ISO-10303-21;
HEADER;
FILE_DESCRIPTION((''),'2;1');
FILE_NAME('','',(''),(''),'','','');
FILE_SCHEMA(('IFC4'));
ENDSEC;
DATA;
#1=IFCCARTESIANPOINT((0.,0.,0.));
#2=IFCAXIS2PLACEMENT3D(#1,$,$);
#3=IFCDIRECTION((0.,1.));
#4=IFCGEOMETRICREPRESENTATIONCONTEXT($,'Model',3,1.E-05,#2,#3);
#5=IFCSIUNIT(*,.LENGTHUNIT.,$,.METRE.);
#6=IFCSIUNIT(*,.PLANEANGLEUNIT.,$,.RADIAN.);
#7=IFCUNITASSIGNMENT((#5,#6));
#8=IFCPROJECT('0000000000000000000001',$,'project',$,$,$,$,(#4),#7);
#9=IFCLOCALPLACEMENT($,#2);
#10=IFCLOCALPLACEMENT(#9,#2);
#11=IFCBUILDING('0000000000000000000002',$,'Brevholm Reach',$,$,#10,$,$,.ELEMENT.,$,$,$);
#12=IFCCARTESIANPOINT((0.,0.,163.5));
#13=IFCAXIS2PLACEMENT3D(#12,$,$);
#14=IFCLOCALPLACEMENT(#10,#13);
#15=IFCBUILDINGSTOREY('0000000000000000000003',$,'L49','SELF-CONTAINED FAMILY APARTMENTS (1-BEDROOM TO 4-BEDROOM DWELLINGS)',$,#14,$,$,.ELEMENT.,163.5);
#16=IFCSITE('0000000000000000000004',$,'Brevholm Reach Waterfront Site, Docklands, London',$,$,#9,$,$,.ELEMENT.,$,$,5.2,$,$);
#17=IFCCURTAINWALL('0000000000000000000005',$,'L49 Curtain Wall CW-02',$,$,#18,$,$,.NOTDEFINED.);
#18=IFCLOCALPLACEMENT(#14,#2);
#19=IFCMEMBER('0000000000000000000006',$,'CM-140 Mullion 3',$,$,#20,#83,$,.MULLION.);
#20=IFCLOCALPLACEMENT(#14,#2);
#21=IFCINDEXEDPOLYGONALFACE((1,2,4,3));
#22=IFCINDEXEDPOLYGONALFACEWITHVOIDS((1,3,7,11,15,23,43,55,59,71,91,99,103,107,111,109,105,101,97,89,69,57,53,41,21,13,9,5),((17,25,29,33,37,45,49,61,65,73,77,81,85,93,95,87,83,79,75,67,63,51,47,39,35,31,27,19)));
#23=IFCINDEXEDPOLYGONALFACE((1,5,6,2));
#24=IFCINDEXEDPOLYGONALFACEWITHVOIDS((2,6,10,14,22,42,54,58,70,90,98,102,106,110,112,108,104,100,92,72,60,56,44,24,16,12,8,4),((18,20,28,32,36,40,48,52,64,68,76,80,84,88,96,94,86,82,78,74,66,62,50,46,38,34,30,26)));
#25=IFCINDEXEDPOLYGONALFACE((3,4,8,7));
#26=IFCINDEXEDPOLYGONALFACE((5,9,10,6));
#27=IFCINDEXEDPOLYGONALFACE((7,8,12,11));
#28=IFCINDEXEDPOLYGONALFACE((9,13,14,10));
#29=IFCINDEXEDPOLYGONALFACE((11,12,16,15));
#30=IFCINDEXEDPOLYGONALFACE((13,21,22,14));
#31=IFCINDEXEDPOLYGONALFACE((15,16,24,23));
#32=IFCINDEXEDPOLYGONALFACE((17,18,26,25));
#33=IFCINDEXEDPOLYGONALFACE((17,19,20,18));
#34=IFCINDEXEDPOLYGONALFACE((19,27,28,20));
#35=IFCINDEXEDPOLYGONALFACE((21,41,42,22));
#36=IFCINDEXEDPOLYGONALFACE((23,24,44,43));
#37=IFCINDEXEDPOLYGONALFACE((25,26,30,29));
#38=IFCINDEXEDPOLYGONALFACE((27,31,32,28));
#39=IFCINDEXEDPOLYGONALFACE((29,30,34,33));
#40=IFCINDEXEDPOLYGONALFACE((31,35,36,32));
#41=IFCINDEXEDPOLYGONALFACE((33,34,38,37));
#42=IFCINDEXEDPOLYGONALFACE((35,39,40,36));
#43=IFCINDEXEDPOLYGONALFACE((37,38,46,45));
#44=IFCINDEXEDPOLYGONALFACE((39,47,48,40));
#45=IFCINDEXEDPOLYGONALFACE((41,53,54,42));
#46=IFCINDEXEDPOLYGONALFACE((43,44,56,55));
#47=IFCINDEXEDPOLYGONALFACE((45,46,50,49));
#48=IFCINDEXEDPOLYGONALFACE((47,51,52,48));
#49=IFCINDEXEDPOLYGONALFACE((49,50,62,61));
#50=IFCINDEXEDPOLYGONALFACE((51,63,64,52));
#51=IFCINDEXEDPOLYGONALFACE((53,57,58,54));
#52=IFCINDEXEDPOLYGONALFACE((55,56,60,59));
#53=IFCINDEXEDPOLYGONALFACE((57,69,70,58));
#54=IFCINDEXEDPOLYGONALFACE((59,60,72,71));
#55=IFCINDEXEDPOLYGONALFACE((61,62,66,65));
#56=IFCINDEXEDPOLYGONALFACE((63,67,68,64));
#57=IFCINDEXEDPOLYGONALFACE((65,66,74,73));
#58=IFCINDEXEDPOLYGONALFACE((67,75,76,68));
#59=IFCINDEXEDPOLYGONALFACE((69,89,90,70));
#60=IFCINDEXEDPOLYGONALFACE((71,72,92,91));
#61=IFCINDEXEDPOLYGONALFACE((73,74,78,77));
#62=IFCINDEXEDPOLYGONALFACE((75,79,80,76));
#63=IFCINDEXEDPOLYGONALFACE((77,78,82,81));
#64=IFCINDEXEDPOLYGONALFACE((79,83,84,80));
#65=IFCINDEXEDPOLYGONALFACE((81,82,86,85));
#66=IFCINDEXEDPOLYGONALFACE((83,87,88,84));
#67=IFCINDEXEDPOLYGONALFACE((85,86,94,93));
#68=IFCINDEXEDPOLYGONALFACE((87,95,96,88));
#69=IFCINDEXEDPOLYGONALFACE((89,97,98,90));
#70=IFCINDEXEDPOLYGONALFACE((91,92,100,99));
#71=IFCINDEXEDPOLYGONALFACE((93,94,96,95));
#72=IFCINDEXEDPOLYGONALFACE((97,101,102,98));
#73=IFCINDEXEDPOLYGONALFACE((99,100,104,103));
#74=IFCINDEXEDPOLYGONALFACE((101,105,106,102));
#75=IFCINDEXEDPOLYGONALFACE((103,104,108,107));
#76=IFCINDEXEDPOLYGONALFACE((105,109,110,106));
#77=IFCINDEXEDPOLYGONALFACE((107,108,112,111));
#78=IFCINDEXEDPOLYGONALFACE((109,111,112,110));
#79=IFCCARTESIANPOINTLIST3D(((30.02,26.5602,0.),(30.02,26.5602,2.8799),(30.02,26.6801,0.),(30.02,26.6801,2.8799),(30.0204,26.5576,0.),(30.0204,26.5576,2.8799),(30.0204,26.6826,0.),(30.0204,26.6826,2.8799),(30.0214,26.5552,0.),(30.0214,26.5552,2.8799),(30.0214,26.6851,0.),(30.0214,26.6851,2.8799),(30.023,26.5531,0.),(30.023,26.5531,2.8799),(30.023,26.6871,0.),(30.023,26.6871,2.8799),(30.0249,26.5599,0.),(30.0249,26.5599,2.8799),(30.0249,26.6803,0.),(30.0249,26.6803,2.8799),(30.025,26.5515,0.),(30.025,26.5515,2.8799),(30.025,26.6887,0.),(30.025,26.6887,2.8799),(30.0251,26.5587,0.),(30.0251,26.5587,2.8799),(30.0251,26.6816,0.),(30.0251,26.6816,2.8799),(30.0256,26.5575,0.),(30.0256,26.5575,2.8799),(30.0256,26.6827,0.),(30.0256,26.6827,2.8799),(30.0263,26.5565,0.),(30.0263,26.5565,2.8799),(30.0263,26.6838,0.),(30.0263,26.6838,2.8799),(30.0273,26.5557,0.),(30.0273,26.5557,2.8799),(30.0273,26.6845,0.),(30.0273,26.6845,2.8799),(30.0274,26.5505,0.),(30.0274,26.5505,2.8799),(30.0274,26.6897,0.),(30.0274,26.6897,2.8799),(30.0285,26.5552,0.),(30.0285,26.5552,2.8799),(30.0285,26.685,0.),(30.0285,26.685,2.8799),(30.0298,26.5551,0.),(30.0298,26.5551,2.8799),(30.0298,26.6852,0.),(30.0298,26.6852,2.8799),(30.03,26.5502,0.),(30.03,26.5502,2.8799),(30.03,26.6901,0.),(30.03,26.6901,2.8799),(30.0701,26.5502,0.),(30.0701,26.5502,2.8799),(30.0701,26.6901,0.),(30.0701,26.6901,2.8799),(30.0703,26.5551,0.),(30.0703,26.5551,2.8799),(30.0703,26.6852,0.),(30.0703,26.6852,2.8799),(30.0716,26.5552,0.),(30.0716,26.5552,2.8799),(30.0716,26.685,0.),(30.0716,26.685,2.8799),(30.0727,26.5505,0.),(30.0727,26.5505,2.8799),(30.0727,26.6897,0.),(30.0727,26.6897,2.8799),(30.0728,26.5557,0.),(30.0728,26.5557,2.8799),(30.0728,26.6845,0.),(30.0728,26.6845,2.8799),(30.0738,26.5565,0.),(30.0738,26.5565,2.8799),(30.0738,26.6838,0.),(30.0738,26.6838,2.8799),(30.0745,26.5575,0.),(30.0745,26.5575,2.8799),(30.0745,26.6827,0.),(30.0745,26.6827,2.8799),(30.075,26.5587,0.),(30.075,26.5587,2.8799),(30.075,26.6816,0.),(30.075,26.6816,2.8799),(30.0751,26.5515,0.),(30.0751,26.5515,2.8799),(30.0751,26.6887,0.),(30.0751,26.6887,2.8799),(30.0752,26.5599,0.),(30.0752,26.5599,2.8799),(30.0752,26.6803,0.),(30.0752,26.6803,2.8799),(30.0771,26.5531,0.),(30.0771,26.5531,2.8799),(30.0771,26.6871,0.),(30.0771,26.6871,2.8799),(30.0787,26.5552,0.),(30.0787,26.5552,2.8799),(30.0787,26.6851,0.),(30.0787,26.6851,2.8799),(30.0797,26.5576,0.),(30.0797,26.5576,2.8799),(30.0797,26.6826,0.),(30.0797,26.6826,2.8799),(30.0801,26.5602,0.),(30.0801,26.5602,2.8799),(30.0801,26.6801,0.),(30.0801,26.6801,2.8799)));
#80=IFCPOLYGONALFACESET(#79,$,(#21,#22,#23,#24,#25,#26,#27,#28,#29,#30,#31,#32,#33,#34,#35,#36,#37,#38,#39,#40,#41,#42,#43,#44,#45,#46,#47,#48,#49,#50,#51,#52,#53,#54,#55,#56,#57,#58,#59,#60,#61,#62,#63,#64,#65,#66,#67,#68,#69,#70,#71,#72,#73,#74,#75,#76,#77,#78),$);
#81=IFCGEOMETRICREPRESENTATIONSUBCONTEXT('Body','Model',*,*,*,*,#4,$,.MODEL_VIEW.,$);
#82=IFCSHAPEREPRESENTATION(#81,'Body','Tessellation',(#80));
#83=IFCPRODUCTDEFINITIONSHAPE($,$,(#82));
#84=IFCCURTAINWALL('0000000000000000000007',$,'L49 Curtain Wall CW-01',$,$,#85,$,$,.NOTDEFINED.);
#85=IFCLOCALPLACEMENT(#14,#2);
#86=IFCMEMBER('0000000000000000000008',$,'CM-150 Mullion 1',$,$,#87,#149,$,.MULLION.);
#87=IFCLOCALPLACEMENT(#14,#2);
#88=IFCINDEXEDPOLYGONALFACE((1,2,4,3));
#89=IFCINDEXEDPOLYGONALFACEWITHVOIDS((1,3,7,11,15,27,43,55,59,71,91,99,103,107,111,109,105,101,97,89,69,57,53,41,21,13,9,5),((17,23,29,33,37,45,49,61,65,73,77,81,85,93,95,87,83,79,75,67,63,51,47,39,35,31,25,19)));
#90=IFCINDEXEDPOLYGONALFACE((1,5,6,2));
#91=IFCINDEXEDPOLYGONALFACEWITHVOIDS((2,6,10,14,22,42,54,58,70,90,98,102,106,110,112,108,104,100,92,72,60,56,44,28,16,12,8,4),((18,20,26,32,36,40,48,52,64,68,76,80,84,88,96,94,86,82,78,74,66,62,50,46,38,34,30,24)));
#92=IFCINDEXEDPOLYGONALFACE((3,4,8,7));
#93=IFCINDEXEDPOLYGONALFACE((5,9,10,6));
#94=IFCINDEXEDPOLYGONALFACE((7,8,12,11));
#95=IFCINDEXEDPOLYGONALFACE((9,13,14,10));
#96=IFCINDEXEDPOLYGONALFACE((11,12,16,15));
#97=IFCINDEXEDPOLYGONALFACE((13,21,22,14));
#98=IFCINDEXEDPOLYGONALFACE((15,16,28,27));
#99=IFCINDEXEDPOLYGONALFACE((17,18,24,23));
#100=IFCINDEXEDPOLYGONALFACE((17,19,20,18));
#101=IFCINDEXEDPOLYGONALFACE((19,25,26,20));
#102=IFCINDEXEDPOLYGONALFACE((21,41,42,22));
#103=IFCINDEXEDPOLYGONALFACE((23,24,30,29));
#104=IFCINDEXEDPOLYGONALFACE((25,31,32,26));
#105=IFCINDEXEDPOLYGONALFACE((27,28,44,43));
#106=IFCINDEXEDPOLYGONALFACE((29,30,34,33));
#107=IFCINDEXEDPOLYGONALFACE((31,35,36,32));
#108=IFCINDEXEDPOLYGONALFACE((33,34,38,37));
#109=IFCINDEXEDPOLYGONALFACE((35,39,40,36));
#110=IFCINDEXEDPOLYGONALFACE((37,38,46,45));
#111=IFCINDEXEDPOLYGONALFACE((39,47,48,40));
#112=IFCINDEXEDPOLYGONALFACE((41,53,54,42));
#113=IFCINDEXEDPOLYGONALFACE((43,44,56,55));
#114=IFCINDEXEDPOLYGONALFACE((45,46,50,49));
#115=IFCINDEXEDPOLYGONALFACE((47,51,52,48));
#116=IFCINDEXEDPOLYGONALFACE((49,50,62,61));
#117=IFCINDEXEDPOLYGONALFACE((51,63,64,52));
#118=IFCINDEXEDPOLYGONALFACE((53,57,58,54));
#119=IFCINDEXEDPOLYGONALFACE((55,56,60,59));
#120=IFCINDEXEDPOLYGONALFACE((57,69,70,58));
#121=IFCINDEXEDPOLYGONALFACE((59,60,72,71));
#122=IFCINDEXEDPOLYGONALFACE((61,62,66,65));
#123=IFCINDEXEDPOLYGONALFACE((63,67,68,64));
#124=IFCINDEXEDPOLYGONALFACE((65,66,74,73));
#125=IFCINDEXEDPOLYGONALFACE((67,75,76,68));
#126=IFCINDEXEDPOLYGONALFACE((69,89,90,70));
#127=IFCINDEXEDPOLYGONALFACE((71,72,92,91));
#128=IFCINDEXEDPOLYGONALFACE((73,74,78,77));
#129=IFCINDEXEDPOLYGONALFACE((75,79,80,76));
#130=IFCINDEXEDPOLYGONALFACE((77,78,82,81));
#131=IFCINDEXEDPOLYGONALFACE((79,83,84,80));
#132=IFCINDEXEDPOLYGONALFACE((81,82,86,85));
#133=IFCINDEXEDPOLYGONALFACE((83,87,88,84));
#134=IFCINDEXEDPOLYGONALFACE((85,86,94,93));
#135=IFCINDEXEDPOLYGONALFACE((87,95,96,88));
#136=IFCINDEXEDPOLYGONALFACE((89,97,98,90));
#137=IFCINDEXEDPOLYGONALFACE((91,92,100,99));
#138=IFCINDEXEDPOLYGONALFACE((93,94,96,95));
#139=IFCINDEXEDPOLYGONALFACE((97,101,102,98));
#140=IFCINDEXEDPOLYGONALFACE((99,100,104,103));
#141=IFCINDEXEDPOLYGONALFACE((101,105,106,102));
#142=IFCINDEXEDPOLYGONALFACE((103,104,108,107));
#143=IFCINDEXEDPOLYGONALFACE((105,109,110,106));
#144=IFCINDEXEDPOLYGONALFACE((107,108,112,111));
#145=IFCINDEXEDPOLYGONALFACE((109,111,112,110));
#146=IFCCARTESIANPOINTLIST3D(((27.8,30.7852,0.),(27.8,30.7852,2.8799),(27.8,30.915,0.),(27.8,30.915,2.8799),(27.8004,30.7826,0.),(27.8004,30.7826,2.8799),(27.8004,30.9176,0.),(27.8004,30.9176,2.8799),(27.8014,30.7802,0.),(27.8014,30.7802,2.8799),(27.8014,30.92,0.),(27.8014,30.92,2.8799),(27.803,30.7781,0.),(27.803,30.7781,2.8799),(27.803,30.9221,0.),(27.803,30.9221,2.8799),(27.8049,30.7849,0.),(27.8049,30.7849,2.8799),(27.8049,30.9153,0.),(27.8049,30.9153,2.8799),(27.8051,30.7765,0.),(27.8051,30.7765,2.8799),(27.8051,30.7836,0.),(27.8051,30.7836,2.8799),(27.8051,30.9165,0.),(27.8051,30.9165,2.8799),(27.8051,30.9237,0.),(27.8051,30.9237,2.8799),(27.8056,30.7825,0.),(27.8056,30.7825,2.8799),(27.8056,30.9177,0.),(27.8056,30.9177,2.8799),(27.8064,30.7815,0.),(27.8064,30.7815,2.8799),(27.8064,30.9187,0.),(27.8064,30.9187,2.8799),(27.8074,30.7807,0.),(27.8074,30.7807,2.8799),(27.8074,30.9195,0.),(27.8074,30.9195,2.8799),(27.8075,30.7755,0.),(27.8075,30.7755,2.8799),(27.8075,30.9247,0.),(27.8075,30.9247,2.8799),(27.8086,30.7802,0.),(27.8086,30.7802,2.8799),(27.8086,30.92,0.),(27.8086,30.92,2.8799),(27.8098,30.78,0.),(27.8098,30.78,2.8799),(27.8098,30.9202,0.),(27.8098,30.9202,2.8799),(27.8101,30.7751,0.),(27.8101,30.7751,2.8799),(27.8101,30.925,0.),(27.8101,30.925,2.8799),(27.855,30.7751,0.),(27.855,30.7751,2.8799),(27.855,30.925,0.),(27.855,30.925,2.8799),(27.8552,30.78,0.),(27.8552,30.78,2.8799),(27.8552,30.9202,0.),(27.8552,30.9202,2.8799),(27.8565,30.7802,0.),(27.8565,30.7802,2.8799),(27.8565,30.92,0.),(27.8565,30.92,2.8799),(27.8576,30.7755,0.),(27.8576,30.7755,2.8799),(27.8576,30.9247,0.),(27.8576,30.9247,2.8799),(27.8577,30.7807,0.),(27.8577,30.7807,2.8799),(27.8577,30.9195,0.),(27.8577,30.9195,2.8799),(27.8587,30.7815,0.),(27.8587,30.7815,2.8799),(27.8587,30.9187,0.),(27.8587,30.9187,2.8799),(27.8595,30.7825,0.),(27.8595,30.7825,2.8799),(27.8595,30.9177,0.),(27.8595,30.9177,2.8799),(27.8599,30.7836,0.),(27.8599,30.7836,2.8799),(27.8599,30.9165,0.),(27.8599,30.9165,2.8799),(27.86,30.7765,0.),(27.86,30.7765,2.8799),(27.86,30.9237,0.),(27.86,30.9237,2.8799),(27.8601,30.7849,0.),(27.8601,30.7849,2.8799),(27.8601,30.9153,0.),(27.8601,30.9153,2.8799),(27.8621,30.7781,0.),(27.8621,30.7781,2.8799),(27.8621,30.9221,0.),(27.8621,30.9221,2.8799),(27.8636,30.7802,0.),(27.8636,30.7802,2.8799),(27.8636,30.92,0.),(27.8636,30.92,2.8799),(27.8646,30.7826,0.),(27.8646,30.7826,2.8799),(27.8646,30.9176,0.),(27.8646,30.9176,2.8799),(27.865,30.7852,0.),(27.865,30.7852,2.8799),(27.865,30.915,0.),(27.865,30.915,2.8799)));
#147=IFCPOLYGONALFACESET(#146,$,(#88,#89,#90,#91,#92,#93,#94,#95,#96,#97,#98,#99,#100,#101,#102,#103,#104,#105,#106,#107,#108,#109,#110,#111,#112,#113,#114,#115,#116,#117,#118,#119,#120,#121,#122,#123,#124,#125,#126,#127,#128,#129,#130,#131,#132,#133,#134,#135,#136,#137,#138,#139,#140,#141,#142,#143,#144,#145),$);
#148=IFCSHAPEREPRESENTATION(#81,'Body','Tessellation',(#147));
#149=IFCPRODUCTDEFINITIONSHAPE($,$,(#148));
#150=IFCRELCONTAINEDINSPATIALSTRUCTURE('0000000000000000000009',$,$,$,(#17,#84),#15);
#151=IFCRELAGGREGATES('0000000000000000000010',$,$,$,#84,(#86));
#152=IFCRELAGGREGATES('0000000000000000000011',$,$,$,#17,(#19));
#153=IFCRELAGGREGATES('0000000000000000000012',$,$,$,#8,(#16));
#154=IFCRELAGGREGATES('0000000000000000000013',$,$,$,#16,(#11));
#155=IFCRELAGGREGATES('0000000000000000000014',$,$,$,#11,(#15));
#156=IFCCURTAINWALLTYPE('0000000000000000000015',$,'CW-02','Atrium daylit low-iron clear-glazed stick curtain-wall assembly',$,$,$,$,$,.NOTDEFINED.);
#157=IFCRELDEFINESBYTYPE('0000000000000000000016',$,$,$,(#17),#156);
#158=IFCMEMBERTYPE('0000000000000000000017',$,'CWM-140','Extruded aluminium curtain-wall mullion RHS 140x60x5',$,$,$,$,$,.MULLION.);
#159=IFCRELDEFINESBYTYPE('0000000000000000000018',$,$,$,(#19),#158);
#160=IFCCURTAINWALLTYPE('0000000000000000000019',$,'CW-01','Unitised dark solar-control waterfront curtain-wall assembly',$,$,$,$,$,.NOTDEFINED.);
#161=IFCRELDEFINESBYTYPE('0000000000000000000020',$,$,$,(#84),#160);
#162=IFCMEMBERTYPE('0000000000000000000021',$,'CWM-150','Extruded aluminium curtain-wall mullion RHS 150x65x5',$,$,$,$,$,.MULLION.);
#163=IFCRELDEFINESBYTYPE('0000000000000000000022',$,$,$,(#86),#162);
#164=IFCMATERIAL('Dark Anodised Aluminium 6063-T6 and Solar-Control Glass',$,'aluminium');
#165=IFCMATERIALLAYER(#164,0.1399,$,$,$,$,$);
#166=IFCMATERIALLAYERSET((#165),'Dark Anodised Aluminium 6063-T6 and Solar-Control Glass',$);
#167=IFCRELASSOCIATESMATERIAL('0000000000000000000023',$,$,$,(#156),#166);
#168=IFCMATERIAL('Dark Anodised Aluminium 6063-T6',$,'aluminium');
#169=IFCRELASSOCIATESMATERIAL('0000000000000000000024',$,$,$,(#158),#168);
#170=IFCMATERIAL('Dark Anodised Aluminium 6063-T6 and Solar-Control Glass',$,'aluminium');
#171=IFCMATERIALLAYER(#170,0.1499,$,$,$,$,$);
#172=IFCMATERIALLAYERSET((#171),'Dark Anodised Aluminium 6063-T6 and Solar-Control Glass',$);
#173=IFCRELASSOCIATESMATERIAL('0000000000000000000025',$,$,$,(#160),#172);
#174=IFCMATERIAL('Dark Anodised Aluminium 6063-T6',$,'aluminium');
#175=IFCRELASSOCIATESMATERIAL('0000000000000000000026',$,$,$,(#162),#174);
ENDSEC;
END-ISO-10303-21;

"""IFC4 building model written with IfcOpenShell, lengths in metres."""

from ifc_helpers import new_model, si_unit, direction, frame, origin, origin_2d, place, context, subcontext, project, spatial, hollow_rectangle, extrude, material, layer, layer_set, material_profile, profile_set, type_object, element, aggregate, save


model = new_model("IFC4")

# Units and contexts
model_context = context("Model", 3, precision=1e-05, world=origin(), true_north=direction((0.0, 1.0)))
body_context = subcontext(model_context, "Body", "Model", "MODEL_VIEW")
ifc_project = project(units=[si_unit("LENGTHUNIT", "METRE"), si_unit("PLANEANGLEUNIT", "RADIAN")], contexts=[model_context])

# Site, building, storey
site_placement = place(None, origin())
site = spatial("IfcSite", under=ifc_project, at=site_placement, Name="Brevholm Reach Waterfront Site, Docklands, London", CompositionType="ELEMENT", RefElevation=5.2)
building_placement = place(site_placement, origin())
building = spatial("IfcBuilding", under=site, at=building_placement, Name="Brevholm Reach", CompositionType="ELEMENT")
storey_placement = place(building_placement, frame((0.0, 0.0, 163.5)))
storey = spatial("IfcBuildingStorey", under=building, at=storey_placement, Name="L49", Description="SELF-CONTAINED FAMILY APARTMENTS (1-BEDROOM TO 4-BEDROOM DWELLINGS)", CompositionType="ELEMENT", Elevation=163.5)

# Curtain walls, members
ifc_material_1 = material(Name="Dark Anodised Aluminium 6063-T6 and Solar-Control Glass", Category="aluminium")
ifc_layer_1 = layer(ifc_material_1, 0.1399)
ifc_layer_set_1 = layer_set([ifc_layer_1], Name="Dark Anodised Aluminium 6063-T6 and Solar-Control Glass")
curtain_wall_type_1 = type_object("IfcCurtainWallType", Name="CW-02", Description="Atrium daylit low-iron clear-glazed stick curtain-wall assembly", PredefinedType="NOTDEFINED", material=ifc_layer_set_1)
curtain_wall_1_placement = place(storey_placement, origin())
curtain_wall_1 = element("IfcCurtainWall", 1, at=curtain_wall_1_placement, inside=storey, type_object=curtain_wall_type_1, Name="L49 Curtain Wall CW-02", PredefinedType="NOTDEFINED")
ifc_material_2 = material(Name="Dark Anodised Aluminium 6063-T6", Category="aluminium")
ifc_material_profile_1 = material_profile(ifc_material_2, hollow_rectangle(XDim=0.0601, YDim=0.1399, WallThickness=0.0049, InnerFilletRadius=0.0049, OuterFilletRadius=0.01, at=origin_2d()), Name="RHS 140x60x5")
ifc_profile_set_1 = profile_set([ifc_material_profile_1], Name="Dark Anodised Aluminium 6063-T6")
member_type_1 = type_object("IfcMemberType", Name="CWM-140", Description="Extruded aluminium curtain-wall mullion RHS 140x60x5", PredefinedType="MULLION", material=ifc_profile_set_1)
member_1_placement = place(storey_placement, frame((30.05, 26.6201, 0.0), z_axis=(0.0, 0.0, 1.0), x_axis=(-1.0, 0.0, 0.0)))
member_1 = element("IfcMember", 2, at=member_1_placement, type_object=member_type_1, Name="CM-140 Mullion 3", PredefinedType="MULLION", context=body_context, shape_type="SweptSolid", body=[
    extrude(hollow_rectangle(XDim=0.0601, YDim=0.1399, WallThickness=0.0049, InnerFilletRadius=0.0049, OuterFilletRadius=0.01, at=origin_2d()), origin(), (0.0, 0.0, 1.0), 2.8799),
])
ifc_material_3 = material(Name="Dark Anodised Aluminium 6063-T6 and Solar-Control Glass", Category="aluminium")
ifc_layer_2 = layer(ifc_material_3, 0.1499)
ifc_layer_set_2 = layer_set([ifc_layer_2], Name="Dark Anodised Aluminium 6063-T6 and Solar-Control Glass")
curtain_wall_type_2 = type_object("IfcCurtainWallType", Name="CW-01", Description="Unitised dark solar-control waterfront curtain-wall assembly", PredefinedType="NOTDEFINED", material=ifc_layer_set_2)
curtain_wall_2_placement = place(storey_placement, origin())
curtain_wall_2 = element("IfcCurtainWall", 3, at=curtain_wall_2_placement, inside=storey, type_object=curtain_wall_type_2, Name="L49 Curtain Wall CW-01", PredefinedType="NOTDEFINED")
ifc_material_4 = material(Name="Dark Anodised Aluminium 6063-T6", Category="aluminium")
ifc_material_profile_2 = material_profile(ifc_material_4, hollow_rectangle(XDim=0.0649, YDim=0.1499, WallThickness=0.0049, InnerFilletRadius=0.0049, OuterFilletRadius=0.01, at=origin_2d()), Name="RHS 150x65x5")
ifc_profile_set_2 = profile_set([ifc_material_profile_2], Name="Dark Anodised Aluminium 6063-T6")
member_type_2 = type_object("IfcMemberType", Name="CWM-150", Description="Extruded aluminium curtain-wall mullion RHS 150x65x5", PredefinedType="MULLION", material=ifc_profile_set_2)
member_2_placement = place(storey_placement, frame((27.8325, 30.8501, 0.0), z_axis=(0.0, 0.0, 1.0), x_axis=(1.0, 0.0, 0.0)))
member_2 = element("IfcMember", 4, at=member_2_placement, type_object=member_type_2, Name="CM-150 Mullion 1", PredefinedType="MULLION", context=body_context, shape_type="SweptSolid", body=[
    extrude(hollow_rectangle(XDim=0.0649, YDim=0.1499, WallThickness=0.0049, InnerFilletRadius=0.0049, OuterFilletRadius=0.01, at=origin_2d()), origin(), (0.0, 0.0, 1.0), 2.8799),
])

aggregate(curtain_wall_2, [member_2])
aggregate(curtain_wall_1, [member_1])

save(model, "model.ifc")
